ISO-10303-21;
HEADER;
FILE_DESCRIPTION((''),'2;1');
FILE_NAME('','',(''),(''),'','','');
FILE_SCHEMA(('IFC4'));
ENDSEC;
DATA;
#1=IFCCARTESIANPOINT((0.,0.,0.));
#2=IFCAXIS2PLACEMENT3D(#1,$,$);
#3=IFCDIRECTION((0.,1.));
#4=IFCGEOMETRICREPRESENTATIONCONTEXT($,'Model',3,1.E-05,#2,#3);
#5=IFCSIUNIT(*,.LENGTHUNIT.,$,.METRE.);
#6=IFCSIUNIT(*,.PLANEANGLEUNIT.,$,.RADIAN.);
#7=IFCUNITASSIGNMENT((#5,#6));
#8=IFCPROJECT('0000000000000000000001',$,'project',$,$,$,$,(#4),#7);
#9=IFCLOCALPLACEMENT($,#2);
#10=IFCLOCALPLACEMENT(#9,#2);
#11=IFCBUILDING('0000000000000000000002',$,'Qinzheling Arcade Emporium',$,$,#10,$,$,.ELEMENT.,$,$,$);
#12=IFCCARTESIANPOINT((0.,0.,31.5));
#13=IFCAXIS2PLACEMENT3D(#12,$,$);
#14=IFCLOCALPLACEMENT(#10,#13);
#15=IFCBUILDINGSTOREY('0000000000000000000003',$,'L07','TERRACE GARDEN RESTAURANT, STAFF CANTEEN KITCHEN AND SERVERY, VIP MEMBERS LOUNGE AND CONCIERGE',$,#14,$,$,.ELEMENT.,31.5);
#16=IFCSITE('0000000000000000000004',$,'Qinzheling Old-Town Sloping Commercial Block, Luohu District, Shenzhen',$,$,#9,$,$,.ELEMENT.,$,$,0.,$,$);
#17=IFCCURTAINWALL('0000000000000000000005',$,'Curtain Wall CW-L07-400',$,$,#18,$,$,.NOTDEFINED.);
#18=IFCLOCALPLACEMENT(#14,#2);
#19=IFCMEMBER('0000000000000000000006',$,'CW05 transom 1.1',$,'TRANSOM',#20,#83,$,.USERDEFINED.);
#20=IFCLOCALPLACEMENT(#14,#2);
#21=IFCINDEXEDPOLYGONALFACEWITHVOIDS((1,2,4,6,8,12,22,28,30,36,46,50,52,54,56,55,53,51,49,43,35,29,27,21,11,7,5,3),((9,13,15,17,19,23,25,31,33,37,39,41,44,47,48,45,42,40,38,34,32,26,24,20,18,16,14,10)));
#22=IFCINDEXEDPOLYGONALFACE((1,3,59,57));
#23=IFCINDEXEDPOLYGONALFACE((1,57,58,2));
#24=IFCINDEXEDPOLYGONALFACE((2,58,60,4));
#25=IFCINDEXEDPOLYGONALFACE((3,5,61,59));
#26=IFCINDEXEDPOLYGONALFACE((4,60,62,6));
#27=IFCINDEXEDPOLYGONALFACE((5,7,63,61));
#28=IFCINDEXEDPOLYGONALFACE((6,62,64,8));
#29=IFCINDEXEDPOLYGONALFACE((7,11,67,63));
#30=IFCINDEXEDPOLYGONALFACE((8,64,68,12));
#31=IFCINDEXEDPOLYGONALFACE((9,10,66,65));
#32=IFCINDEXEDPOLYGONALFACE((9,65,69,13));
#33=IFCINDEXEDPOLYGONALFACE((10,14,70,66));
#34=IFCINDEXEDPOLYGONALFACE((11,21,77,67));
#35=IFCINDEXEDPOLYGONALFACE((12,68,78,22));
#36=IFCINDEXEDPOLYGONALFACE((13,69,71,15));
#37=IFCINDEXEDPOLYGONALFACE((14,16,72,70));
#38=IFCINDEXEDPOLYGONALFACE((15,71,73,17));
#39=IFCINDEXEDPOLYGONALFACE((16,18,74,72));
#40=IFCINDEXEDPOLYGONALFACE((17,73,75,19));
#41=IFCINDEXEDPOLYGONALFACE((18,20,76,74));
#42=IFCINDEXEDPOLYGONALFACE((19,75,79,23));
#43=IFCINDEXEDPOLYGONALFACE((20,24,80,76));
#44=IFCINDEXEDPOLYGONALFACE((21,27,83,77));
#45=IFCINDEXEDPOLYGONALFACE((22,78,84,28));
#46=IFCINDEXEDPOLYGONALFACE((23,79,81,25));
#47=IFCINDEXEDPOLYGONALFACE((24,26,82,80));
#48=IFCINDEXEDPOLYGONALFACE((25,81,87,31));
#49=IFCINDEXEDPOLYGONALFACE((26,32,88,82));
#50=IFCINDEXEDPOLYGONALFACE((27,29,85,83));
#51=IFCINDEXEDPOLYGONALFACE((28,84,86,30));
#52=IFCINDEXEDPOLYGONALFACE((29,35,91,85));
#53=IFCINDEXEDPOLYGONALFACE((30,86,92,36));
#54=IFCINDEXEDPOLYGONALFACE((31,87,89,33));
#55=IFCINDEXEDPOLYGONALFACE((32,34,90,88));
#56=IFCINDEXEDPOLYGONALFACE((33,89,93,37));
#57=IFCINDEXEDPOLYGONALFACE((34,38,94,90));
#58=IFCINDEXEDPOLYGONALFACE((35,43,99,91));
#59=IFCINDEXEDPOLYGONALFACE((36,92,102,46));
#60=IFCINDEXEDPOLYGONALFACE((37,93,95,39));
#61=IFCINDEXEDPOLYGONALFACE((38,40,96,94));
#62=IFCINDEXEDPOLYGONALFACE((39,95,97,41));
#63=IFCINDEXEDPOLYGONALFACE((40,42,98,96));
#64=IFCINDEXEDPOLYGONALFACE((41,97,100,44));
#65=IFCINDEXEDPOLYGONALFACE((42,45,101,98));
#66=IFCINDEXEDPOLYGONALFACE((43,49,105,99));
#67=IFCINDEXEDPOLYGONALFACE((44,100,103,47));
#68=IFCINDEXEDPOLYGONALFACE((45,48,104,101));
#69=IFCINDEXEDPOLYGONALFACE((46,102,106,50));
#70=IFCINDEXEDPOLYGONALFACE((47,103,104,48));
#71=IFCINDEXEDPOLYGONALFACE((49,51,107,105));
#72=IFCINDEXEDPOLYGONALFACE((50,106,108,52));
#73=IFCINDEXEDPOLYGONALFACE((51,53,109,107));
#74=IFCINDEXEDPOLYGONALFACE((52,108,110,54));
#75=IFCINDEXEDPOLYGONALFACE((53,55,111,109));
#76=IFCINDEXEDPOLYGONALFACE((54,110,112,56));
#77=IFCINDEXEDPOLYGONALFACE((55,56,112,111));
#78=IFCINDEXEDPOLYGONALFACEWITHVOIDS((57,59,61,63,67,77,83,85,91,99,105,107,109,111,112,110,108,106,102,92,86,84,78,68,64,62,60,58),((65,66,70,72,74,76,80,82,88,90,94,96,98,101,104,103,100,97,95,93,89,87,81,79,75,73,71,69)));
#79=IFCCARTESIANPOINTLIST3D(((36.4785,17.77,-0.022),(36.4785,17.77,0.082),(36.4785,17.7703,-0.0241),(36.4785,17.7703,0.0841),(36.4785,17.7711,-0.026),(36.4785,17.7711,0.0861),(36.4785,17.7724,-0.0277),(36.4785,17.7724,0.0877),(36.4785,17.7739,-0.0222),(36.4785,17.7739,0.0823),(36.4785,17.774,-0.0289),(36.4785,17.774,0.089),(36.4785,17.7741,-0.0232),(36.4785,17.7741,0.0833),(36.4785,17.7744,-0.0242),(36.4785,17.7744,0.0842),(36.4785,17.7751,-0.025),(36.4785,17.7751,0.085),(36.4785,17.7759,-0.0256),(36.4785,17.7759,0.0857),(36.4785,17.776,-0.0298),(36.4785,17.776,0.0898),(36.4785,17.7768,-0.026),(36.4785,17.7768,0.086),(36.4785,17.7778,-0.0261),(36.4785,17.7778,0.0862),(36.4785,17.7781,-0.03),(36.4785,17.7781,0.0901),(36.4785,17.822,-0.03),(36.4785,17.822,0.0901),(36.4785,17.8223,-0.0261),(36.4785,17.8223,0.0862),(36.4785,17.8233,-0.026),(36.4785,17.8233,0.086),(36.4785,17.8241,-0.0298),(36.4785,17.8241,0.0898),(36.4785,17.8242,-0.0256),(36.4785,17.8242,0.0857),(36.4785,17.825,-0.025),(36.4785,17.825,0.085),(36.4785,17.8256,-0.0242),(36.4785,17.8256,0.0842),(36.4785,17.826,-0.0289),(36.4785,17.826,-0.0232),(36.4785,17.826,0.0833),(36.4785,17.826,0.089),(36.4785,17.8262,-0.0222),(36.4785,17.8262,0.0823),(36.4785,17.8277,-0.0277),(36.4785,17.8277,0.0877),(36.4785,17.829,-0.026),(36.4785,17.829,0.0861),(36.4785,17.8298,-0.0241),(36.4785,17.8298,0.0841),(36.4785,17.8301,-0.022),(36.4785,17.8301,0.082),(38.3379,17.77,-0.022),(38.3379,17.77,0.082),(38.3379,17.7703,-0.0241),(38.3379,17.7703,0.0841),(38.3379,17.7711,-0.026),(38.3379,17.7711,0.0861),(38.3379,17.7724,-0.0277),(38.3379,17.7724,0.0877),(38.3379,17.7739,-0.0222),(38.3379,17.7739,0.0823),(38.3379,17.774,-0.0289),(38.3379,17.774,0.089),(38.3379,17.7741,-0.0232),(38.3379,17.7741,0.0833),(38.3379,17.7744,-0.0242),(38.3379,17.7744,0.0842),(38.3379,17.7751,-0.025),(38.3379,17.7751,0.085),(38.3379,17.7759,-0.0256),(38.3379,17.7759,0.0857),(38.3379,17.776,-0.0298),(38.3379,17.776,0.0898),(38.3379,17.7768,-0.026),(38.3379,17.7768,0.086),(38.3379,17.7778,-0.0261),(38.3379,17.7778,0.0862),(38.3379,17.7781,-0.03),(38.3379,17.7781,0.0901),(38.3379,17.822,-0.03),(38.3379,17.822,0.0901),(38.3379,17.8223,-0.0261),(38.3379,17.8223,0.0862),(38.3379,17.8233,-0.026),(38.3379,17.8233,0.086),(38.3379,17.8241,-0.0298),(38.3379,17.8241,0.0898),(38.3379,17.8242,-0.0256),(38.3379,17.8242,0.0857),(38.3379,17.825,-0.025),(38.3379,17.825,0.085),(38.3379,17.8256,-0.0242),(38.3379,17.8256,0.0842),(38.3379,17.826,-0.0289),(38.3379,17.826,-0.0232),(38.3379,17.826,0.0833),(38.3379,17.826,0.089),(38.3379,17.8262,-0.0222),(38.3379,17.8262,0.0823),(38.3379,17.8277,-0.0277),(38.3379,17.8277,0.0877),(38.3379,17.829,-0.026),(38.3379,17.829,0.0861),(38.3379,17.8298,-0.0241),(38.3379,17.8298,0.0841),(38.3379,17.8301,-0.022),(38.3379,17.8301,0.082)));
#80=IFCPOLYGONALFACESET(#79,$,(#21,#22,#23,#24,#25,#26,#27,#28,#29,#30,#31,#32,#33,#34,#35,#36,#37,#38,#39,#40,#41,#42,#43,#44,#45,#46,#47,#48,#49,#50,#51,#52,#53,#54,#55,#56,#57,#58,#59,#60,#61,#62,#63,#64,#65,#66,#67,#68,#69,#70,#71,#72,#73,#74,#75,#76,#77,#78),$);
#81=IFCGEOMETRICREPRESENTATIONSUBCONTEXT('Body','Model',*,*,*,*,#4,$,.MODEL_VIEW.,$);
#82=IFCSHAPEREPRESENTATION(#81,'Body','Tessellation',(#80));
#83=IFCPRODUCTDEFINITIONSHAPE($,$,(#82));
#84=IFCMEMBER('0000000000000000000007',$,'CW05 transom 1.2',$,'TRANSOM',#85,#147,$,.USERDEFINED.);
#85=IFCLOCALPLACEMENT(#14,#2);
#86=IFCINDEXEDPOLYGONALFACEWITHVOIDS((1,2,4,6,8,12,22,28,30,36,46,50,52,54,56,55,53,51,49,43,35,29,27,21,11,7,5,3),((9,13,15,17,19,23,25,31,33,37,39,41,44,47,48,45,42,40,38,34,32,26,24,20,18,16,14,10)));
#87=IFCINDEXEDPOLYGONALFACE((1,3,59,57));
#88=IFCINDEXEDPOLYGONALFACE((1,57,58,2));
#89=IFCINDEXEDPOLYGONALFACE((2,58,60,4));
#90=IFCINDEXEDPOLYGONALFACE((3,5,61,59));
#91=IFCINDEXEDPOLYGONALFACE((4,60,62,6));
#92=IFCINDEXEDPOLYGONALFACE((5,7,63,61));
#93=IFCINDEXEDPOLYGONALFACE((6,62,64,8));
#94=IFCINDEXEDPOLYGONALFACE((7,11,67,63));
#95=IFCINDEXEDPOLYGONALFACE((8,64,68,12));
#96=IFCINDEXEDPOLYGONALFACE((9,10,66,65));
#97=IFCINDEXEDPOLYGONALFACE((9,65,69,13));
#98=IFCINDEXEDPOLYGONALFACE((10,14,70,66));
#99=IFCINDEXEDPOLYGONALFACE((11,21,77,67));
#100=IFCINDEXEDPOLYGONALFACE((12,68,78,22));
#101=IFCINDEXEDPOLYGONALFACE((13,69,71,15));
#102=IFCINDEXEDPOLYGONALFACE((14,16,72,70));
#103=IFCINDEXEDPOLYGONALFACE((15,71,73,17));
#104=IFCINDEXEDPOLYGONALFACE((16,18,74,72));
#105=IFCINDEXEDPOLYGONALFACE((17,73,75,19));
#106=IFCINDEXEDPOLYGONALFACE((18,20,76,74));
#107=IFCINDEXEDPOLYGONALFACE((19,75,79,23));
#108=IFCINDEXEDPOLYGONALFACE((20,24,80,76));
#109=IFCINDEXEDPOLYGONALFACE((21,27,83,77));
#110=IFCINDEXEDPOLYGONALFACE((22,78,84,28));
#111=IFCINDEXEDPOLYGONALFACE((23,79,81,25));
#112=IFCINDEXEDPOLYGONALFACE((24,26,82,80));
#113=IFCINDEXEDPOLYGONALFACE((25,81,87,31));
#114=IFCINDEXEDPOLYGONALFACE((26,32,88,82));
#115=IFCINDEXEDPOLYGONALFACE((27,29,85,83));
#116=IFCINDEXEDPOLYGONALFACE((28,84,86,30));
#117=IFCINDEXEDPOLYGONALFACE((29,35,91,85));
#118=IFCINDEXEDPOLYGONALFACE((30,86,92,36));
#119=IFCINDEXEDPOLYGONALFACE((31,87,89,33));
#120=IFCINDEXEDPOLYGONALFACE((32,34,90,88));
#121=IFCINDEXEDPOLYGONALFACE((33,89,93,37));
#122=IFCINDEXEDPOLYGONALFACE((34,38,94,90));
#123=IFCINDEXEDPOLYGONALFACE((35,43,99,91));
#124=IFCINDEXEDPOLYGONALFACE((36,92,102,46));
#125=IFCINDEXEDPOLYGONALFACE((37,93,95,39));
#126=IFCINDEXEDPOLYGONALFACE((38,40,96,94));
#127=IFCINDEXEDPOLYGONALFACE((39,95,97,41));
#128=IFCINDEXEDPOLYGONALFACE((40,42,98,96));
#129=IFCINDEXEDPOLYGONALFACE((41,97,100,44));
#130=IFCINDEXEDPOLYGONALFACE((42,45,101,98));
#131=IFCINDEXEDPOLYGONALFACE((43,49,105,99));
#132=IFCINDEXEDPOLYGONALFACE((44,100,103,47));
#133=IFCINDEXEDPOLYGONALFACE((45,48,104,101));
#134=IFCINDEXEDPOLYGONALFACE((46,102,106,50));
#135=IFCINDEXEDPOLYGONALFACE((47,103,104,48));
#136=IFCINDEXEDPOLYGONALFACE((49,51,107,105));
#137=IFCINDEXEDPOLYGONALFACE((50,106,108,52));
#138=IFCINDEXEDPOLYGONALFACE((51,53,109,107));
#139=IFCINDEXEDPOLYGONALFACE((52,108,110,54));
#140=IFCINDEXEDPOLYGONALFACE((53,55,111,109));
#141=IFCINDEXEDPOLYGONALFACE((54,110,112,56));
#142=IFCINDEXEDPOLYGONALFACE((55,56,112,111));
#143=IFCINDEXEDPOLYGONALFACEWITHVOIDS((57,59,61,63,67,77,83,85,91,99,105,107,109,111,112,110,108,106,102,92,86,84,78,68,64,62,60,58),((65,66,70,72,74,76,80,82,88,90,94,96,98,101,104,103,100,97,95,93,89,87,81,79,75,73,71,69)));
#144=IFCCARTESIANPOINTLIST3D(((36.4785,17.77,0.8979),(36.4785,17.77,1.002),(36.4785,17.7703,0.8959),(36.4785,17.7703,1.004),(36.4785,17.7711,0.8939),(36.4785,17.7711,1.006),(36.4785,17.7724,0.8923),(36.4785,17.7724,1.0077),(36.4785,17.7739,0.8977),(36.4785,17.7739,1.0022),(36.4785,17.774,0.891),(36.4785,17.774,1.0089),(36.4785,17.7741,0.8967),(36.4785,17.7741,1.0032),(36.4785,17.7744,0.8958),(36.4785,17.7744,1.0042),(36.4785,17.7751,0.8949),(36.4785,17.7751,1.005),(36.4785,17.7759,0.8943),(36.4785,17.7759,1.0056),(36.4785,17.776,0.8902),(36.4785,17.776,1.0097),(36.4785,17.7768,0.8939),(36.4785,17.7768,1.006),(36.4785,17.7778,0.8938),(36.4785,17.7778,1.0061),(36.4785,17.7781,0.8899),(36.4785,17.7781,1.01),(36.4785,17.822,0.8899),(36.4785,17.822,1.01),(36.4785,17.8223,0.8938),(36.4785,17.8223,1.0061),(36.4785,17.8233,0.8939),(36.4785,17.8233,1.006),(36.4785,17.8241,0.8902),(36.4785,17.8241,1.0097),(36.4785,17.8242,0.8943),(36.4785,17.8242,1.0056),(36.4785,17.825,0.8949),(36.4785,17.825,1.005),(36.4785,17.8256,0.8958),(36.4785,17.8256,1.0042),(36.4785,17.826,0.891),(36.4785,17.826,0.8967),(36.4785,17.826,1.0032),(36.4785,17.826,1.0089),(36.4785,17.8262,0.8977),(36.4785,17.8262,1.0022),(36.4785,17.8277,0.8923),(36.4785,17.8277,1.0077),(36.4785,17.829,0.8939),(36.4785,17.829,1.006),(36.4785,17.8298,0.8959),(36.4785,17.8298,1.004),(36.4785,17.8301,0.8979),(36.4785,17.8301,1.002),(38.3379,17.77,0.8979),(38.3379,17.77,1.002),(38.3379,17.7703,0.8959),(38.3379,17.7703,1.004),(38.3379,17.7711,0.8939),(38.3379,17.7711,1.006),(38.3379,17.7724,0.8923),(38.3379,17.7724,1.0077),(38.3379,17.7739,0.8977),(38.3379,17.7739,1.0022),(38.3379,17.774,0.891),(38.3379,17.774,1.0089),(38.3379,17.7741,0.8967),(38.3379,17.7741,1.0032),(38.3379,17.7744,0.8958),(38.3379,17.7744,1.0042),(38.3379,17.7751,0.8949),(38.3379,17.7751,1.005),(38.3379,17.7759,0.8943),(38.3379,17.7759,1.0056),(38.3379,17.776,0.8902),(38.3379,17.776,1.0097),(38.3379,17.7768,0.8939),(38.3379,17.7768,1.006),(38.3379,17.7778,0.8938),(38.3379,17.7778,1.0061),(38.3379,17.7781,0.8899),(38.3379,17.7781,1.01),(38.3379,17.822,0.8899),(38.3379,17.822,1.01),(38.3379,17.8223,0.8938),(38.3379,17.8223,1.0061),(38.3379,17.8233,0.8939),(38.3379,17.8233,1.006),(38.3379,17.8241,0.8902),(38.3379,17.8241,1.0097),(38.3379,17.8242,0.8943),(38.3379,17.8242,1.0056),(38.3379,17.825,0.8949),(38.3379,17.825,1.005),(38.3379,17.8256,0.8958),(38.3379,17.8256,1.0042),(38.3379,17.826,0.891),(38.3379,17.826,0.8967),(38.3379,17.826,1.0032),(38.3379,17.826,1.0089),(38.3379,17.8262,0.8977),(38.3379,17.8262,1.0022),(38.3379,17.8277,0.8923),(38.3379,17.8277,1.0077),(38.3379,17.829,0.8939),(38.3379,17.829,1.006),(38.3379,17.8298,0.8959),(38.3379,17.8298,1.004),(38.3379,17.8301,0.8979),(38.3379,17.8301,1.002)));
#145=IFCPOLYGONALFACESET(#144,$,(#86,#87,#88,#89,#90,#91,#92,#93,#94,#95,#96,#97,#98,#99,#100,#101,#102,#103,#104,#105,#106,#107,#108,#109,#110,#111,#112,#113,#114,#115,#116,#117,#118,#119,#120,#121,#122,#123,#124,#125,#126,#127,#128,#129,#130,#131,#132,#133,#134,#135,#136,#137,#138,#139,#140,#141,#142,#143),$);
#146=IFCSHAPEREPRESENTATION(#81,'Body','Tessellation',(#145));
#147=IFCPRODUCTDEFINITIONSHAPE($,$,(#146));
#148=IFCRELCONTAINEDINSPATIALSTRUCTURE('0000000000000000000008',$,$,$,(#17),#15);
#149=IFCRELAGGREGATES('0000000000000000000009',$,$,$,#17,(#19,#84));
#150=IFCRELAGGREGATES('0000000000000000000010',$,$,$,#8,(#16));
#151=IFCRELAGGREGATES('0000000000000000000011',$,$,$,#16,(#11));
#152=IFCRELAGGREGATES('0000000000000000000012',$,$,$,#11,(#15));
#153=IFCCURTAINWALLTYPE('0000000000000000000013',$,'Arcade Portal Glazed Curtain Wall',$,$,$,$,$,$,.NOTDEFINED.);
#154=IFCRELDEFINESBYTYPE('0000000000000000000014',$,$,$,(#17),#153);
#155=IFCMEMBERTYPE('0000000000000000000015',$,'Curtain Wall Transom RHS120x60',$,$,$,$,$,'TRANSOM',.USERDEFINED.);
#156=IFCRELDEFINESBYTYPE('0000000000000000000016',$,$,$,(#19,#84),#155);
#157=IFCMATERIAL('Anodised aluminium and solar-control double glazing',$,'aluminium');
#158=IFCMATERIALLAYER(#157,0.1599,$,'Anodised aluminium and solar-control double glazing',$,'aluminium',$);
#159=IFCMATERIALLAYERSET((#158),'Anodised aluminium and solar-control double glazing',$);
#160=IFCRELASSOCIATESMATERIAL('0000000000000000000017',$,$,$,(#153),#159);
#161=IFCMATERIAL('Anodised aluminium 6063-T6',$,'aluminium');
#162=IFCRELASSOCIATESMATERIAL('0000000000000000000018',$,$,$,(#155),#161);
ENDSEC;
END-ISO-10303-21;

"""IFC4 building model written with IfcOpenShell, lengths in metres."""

from ifc_helpers import new_model, si_unit, direction, frame, origin, origin_2d, place, context, subcontext, project, spatial, hollow_rectangle, extrude, material, layer, layer_set, material_profile, profile_set, type_object, element, aggregate, save


model = new_model("IFC4")

# Units and contexts
model_context = context("Model", 3, precision=1e-05, world=origin(), true_north=direction((0.0, 1.0)))
body_context = subcontext(model_context, "Body", "Model", "MODEL_VIEW")
ifc_project = project(units=[si_unit("LENGTHUNIT", "METRE"), si_unit("PLANEANGLEUNIT", "RADIAN")], contexts=[model_context])

# Site, building, storey
site_placement = place(None, origin())
site = spatial("IfcSite", under=ifc_project, at=site_placement, Name="Qinzheling Old-Town Sloping Commercial Block, Luohu District, Shenzhen", CompositionType="ELEMENT", RefElevation=0.0)
building_placement = place(site_placement, origin())
building = spatial("IfcBuilding", under=site, at=building_placement, Name="Qinzheling Arcade Emporium", CompositionType="ELEMENT")
storey_placement = place(building_placement, frame((0.0, 0.0, 31.5)))
storey = spatial("IfcBuildingStorey", under=building, at=storey_placement, Name="L07", Description="TERRACE GARDEN RESTAURANT, STAFF CANTEEN KITCHEN AND SERVERY, VIP MEMBERS LOUNGE AND CONCIERGE", CompositionType="ELEMENT", Elevation=31.5)

# Shared definitions
ifc_material_1 = material(Name="Anodised aluminium and solar-control double glazing", Category="aluminium")
ifc_layer_1 = layer(ifc_material_1, 0.1599, Name="Anodised aluminium and solar-control double glazing", Category="aluminium")
ifc_layer_set_1 = layer_set([ifc_layer_1], Name="Anodised aluminium and solar-control double glazing")
curtain_wall_type = type_object("IfcCurtainWallType", Name="Arcade Portal Glazed Curtain Wall", PredefinedType="NOTDEFINED", material=ifc_layer_set_1)
ifc_material_2 = material(Name="Anodised aluminium 6063-T6", Category="aluminium")

# Curtain wall, members
curtain_wall_1_placement = place(storey_placement, origin())
curtain_wall_1 = element("IfcCurtainWall", 1, at=curtain_wall_1_placement, inside=storey, type_object=curtain_wall_type, Name="Curtain Wall CW-L07-400", PredefinedType="NOTDEFINED")
ifc_material_profile_1 = material_profile(ifc_material_2, hollow_rectangle(XDim=0.0601, YDim=0.1201, WallThickness=0.0039, InnerFilletRadius=0.0039, OuterFilletRadius=0.0081, at=origin_2d()), Name="RHS 120x60x4", Category="aluminium")
ifc_profile_set_1 = profile_set([ifc_material_profile_1], Name="Anodised aluminium 6063-T6")
member_type_1 = type_object("IfcMemberType", Name="Curtain Wall Transom RHS120x60", ElementType="TRANSOM", PredefinedType="USERDEFINED", material=ifc_profile_set_1)
member_1_placement = place(storey_placement, frame((38.3379, 17.8, 0.03), z_axis=(-1.0, 0.0, 0.0), x_axis=(0.0, -1.0, 0.0)))
member_1 = element("IfcMember", 2, at=member_1_placement, type_object=member_type_1, Name="CW05 transom 1.1", ObjectType="TRANSOM", PredefinedType="USERDEFINED", context=body_context, shape_type="SweptSolid", body=[
    extrude(hollow_rectangle(XDim=0.0601, YDim=0.1201, WallThickness=0.0039, InnerFilletRadius=0.0039, OuterFilletRadius=0.0081, at=origin_2d()), origin(), (0.0, 0.0, 1.0), 1.8594),
])
member_2_placement = place(storey_placement, frame((38.3379, 17.8, 0.95), z_axis=(-1.0, 0.0, 0.0), x_axis=(0.0, -1.0, 0.0)))
member_2 = element("IfcMember", 3, at=member_2_placement, type_object=member_type_1, Name="CW05 transom 1.2", ObjectType="TRANSOM", PredefinedType="USERDEFINED", context=body_context, shape_type="SweptSolid", body=[
    extrude(hollow_rectangle(XDim=0.0601, YDim=0.1201, WallThickness=0.0039, InnerFilletRadius=0.0039, OuterFilletRadius=0.0081, at=origin_2d()), origin(), (0.0, 0.0, 1.0), 1.8594),
])

aggregate(curtain_wall_1, [member_1, member_2])

save(model, "model.ifc")
